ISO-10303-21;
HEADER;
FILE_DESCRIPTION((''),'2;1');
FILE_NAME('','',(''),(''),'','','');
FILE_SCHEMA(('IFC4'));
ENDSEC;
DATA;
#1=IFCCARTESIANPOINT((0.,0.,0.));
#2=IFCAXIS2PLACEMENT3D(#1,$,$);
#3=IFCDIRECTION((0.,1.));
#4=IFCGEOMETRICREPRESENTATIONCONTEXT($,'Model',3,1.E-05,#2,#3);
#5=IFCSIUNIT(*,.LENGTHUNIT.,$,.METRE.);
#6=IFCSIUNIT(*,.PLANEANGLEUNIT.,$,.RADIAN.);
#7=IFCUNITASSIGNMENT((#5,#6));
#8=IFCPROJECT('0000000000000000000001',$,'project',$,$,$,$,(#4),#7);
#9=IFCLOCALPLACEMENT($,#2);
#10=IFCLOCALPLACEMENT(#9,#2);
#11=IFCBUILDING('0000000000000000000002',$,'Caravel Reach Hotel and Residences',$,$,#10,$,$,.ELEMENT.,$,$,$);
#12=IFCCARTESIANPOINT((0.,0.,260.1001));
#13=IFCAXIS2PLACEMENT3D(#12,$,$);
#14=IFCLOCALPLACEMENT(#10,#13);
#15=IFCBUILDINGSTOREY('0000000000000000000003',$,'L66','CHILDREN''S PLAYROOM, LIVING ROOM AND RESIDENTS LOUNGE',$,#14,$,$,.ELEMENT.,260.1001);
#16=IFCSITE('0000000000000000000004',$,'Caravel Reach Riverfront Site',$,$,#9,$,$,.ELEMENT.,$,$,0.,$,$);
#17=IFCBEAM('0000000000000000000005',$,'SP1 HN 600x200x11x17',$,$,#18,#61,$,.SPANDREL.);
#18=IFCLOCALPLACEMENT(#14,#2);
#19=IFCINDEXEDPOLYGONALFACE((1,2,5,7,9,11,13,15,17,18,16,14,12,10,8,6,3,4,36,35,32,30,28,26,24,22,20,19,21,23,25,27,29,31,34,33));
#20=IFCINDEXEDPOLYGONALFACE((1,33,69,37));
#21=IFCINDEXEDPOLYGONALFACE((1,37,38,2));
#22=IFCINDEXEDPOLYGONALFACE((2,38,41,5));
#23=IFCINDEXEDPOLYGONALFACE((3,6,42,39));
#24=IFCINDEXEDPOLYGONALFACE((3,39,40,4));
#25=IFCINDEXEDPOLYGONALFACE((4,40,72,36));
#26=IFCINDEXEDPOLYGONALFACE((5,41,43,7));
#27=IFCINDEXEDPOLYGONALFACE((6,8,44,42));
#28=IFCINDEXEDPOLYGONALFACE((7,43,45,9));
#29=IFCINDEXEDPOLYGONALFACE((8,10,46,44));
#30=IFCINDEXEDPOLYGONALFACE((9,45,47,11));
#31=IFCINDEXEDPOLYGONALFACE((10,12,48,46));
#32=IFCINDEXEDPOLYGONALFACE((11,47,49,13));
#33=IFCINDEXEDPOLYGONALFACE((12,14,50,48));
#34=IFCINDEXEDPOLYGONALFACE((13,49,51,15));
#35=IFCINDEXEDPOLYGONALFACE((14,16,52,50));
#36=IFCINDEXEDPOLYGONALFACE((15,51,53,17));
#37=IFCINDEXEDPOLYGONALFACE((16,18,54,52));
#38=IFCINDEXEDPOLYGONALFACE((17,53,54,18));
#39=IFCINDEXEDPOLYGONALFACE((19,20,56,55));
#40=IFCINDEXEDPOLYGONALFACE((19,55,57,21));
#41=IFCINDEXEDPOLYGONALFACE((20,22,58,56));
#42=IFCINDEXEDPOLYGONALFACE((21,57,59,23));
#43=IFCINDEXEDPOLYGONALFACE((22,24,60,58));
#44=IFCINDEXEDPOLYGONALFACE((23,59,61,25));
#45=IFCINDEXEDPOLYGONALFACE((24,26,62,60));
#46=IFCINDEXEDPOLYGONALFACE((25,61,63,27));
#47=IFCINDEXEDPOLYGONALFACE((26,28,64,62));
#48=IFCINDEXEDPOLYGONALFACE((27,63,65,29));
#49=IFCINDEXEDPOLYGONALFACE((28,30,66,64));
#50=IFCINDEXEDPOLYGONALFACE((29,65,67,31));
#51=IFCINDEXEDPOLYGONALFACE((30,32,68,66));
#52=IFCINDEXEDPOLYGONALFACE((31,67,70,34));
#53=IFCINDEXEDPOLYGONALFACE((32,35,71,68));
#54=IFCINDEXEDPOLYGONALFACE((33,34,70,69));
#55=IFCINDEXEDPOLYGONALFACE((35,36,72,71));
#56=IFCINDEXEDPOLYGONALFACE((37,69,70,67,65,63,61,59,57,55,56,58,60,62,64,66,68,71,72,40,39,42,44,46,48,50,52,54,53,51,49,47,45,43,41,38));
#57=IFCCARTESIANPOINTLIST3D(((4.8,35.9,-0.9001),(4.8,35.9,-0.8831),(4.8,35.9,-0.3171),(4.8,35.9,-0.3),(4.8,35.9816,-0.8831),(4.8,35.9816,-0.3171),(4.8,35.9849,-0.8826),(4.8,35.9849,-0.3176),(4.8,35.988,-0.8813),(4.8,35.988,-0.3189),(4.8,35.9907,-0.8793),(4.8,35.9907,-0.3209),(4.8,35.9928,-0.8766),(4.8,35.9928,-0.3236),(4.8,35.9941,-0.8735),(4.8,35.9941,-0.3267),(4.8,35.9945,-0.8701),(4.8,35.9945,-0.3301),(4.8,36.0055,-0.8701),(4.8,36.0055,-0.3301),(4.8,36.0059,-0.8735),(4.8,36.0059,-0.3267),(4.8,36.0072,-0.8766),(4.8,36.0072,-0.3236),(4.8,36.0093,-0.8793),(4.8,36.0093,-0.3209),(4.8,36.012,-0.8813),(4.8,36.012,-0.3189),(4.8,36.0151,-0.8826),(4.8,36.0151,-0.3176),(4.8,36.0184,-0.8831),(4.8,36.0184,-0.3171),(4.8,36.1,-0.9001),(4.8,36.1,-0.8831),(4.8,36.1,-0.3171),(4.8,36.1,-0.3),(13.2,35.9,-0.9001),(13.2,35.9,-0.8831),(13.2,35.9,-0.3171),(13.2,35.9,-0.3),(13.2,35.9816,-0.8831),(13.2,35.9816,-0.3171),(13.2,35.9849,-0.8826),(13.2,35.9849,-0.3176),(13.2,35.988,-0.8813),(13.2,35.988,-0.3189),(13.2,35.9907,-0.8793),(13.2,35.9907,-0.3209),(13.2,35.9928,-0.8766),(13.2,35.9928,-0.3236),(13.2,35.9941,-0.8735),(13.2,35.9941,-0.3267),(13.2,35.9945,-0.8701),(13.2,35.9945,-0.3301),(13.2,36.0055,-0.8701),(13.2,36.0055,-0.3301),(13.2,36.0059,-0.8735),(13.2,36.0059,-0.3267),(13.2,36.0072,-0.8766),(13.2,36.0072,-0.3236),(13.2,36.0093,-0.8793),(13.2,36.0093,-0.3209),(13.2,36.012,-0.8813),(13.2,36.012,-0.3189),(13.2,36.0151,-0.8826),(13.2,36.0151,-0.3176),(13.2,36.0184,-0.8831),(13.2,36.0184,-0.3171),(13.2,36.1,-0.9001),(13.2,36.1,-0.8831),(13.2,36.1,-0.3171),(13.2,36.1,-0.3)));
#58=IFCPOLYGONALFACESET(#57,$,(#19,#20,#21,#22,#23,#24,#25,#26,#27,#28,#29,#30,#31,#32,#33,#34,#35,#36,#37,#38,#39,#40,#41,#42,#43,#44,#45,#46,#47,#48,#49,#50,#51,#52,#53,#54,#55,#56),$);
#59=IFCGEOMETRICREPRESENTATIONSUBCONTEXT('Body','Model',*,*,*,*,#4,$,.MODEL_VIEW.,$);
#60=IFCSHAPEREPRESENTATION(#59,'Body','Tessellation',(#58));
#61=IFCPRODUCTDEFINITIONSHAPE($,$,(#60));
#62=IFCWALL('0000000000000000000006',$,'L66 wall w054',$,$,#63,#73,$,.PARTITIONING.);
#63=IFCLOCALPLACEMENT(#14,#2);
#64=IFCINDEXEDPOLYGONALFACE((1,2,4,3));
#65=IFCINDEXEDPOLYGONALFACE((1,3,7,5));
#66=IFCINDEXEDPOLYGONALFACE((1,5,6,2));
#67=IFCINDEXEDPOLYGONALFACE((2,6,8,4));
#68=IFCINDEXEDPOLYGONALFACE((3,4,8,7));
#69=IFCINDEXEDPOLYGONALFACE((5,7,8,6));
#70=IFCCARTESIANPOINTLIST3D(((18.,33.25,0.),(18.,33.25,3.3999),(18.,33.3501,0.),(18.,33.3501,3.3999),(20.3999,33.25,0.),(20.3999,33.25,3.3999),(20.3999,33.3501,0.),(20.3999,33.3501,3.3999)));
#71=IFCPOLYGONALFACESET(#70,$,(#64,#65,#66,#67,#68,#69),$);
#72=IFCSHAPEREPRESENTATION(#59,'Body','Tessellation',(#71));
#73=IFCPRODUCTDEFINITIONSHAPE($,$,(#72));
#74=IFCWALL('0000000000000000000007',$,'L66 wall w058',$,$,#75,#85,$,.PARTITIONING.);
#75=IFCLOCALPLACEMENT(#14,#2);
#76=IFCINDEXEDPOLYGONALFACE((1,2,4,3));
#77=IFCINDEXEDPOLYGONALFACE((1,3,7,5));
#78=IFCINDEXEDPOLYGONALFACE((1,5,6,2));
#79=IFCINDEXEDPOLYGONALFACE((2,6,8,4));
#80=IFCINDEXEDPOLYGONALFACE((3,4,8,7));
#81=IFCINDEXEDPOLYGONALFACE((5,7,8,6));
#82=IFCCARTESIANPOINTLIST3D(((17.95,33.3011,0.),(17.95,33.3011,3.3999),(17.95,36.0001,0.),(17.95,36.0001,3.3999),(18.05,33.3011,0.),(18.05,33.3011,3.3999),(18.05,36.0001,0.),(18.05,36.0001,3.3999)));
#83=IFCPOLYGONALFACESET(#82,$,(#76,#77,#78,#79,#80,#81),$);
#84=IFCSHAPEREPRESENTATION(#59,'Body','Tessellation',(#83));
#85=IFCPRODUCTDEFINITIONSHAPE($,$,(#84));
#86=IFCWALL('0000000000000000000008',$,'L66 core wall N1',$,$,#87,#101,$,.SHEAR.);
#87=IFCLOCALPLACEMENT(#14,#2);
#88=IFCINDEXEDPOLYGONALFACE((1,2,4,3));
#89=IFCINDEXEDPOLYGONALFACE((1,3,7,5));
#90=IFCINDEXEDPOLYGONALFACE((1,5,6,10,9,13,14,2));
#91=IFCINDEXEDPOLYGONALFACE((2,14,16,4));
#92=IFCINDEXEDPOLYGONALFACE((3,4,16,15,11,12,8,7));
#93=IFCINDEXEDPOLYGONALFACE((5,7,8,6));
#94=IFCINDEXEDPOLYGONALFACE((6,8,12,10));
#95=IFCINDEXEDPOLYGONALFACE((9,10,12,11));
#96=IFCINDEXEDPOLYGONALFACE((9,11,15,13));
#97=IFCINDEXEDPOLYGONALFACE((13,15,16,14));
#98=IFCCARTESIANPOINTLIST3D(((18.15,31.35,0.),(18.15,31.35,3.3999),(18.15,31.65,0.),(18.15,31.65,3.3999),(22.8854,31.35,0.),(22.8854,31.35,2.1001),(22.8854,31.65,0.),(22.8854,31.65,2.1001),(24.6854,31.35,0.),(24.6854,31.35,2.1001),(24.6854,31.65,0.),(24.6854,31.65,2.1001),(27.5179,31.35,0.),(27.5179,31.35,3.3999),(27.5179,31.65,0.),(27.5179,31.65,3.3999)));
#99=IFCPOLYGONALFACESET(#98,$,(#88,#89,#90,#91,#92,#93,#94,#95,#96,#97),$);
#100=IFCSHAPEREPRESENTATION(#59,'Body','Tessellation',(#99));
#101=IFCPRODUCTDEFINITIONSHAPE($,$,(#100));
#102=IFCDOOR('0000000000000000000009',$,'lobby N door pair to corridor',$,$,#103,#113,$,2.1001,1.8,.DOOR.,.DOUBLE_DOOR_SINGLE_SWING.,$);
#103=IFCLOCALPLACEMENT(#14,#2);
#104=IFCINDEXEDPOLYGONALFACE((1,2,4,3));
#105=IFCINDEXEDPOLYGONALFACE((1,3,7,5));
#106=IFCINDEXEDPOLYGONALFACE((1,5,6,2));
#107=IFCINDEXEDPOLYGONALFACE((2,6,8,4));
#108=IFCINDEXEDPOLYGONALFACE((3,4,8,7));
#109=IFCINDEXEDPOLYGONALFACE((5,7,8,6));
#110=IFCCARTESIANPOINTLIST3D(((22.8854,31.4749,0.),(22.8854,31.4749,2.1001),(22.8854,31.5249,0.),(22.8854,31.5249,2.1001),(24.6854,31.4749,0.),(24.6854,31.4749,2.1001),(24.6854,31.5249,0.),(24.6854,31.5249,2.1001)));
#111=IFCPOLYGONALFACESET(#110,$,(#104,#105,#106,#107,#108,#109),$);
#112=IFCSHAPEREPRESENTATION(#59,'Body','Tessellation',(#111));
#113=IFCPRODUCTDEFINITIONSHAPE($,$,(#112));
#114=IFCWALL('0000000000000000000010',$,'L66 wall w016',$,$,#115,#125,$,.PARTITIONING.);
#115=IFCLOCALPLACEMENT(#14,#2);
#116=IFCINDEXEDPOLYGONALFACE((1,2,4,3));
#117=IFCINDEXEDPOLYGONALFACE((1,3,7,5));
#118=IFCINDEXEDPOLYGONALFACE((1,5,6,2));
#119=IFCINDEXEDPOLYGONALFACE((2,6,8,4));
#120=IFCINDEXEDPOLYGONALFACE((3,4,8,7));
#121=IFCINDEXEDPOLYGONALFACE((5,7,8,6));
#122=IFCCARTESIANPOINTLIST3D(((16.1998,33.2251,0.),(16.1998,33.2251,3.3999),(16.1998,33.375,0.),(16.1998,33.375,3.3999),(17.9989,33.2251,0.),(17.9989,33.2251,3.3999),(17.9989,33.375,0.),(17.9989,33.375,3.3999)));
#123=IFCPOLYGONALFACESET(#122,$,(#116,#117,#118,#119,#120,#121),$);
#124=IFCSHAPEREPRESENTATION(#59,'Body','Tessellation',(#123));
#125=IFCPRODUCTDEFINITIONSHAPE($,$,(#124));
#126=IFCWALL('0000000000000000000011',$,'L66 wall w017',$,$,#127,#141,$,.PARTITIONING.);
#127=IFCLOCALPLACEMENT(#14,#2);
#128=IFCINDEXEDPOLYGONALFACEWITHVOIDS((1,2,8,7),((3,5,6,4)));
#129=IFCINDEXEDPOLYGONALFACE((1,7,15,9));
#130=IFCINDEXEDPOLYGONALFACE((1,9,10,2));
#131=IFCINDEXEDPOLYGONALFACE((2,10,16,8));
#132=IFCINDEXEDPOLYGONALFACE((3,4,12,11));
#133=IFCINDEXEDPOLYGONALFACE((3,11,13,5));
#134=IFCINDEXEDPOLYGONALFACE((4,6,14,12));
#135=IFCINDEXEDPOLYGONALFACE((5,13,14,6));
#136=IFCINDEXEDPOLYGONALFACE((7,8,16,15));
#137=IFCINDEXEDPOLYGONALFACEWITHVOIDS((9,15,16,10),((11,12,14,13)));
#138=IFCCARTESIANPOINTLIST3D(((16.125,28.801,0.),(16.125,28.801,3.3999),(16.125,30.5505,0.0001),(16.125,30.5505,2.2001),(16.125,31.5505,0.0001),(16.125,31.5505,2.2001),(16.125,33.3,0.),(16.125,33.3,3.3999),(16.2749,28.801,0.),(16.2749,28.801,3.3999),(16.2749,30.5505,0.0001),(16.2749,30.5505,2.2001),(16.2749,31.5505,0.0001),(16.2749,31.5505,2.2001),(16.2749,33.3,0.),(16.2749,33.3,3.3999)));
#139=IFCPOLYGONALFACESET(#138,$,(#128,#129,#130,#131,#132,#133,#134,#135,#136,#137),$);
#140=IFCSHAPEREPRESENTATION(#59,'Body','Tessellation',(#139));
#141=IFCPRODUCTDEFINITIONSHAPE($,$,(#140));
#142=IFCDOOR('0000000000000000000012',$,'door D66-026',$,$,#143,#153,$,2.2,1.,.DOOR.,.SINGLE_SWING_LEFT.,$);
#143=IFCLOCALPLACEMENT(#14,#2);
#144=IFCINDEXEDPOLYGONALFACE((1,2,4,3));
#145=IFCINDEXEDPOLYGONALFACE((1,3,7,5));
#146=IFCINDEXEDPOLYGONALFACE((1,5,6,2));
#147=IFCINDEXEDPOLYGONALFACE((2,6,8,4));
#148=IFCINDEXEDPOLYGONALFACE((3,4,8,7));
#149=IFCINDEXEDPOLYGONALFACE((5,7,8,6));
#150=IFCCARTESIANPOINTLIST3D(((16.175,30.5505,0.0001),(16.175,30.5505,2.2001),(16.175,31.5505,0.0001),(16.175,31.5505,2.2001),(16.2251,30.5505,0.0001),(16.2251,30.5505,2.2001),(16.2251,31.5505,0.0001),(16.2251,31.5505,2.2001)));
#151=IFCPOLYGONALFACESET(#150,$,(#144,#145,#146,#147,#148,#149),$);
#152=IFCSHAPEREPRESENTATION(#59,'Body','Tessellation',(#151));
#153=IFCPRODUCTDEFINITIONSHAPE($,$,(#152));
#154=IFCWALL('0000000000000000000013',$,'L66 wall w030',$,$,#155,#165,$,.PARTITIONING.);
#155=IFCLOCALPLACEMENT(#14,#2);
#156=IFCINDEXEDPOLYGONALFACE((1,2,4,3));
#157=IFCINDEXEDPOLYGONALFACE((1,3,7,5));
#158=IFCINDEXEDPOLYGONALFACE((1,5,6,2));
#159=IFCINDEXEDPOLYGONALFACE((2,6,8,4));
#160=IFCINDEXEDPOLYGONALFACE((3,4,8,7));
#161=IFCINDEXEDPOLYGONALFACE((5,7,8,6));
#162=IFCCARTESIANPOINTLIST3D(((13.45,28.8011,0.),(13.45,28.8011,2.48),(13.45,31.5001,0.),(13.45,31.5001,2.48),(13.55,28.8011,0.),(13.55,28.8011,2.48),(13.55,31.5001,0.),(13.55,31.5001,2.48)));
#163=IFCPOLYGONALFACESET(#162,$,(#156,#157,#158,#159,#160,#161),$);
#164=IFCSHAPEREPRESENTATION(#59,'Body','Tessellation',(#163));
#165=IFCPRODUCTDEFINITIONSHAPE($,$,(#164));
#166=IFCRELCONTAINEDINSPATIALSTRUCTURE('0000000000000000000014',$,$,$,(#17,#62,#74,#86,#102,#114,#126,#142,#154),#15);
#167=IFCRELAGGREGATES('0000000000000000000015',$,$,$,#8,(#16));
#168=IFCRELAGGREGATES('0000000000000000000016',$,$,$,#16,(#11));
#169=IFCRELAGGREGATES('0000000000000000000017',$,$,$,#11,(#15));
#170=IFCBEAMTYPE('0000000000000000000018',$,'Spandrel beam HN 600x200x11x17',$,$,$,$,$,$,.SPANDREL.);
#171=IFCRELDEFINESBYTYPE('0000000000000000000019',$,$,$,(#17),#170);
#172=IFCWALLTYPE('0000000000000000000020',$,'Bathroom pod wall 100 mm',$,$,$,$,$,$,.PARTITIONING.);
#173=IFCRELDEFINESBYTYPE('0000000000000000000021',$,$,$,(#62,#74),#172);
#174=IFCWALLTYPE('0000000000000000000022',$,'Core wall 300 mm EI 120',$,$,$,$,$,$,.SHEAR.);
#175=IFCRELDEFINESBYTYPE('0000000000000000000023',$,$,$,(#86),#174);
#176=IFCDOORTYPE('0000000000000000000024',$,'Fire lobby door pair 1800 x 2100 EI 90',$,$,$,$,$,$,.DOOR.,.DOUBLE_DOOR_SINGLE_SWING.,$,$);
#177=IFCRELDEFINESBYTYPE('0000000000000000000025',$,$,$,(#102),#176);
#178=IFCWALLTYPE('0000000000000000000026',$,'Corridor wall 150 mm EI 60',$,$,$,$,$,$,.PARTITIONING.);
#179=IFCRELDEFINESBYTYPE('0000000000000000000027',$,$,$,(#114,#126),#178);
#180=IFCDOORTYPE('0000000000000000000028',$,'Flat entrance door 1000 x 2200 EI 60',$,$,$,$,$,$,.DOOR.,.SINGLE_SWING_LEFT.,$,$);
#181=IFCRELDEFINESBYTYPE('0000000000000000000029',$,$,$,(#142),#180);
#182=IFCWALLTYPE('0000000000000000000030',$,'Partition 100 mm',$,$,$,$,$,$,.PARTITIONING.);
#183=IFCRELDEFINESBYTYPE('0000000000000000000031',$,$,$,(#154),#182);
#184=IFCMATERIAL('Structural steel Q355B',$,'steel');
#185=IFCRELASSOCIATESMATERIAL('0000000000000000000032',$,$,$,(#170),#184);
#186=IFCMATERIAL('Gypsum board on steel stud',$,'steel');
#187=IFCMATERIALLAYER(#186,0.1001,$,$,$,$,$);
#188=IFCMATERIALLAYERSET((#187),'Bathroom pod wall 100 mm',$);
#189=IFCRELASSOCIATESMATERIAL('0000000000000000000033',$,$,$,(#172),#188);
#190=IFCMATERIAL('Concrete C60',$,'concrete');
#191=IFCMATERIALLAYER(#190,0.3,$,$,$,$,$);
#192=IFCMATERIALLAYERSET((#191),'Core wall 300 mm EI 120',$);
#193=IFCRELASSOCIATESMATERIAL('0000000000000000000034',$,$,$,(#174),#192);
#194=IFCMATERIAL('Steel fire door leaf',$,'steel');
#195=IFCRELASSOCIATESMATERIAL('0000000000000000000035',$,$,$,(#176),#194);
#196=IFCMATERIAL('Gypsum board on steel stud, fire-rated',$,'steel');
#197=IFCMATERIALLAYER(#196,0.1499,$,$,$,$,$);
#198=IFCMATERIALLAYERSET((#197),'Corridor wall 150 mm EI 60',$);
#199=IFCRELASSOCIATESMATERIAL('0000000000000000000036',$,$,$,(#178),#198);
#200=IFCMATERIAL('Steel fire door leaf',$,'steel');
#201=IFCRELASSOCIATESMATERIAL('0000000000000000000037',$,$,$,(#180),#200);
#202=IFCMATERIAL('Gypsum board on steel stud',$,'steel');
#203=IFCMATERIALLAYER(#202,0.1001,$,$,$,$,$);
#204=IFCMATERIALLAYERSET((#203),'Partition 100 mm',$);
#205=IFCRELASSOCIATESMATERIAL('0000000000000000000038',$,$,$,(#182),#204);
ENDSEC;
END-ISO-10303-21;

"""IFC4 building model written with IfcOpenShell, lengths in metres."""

from ifc_helpers import new_model, si_unit, direction, frame, frame_2d, origin, origin_2d, place, context, subcontext, project, spatial, rectangle, i_section, extrude, material, layer, layer_set, material_profile, profile_set, type_object, element, fill, save


model = new_model("IFC4")

# Units and contexts
model_context = context("Model", 3, precision=1e-05, world=origin(), true_north=direction((0.0, 1.0)))
body_context = subcontext(model_context, "Body", "Model", "MODEL_VIEW")
ifc_project = project(units=[si_unit("LENGTHUNIT", "METRE"), si_unit("PLANEANGLEUNIT", "RADIAN")], contexts=[model_context])

# Site, building, storey
site_placement = place(None, origin())
site = spatial("IfcSite", under=ifc_project, at=site_placement, Name="Caravel Reach Riverfront Site", CompositionType="ELEMENT", RefElevation=0.0)
building_placement = place(site_placement, origin())
building = spatial("IfcBuilding", under=site, at=building_placement, Name="Caravel Reach Hotel and Residences", CompositionType="ELEMENT")
storey_placement = place(building_placement, frame((0.0, 0.0, 260.1001)))
storey = spatial("IfcBuildingStorey", under=building, at=storey_placement, Name="L66", Description="CHILDREN'S PLAYROOM, LIVING ROOM AND RESIDENTS LOUNGE", CompositionType="ELEMENT", Elevation=260.1001)

# Beam
ifc_material_1 = material(Name="Structural steel Q355B", Category="steel")
ifc_material_profile_1 = material_profile(ifc_material_1, i_section(OverallWidth=0.2, OverallDepth=0.6001, WebThickness=0.011, FlangeThickness=0.0171, FilletRadius=0.0129, at=origin_2d()), Name="HN 600x200x11x17")
ifc_profile_set_1 = profile_set([ifc_material_profile_1], Name="Structural steel Q355B")
beam_type_1 = type_object("IfcBeamType", Name="Spandrel beam HN 600x200x11x17", PredefinedType="SPANDREL", material=ifc_profile_set_1)
beam_1_placement = place(storey_placement, frame((13.2, 36.0, -0.6001), z_axis=(-1.0, 0.0, 0.0), x_axis=(0.0, -1.0, 0.0)))
element("IfcBeam", 1, at=beam_1_placement, inside=storey, type_object=beam_type_1, Name="SP1 HN 600x200x11x17", PredefinedType="SPANDREL", context=body_context, shape_type="SweptSolid", body=[
    extrude(i_section(OverallWidth=0.2, OverallDepth=0.6001, WebThickness=0.011, FlangeThickness=0.0171, FilletRadius=0.0129, at=origin_2d()), origin(), (0.0, 0.0, 1.0), 8.3999),
])

# Walls
ifc_material_2 = material(Name="Gypsum board on steel stud", Category="steel")
ifc_layer_1 = layer(ifc_material_2, 0.1001)
ifc_layer_set_1 = layer_set([ifc_layer_1], Name="Bathroom pod wall 100 mm")
wall_type_1 = type_object("IfcWallType", Name="Bathroom pod wall 100 mm", PredefinedType="PARTITIONING", material=ifc_layer_set_1)
wall_1_placement = place(storey_placement, frame((18.0, 33.3, 0.0), z_axis=(0.0, 0.0, 1.0), x_axis=(1.0, 0.0, 0.0)))
element("IfcWall", 2, at=wall_1_placement, inside=storey, type_object=wall_type_1, Name="L66 wall w054", PredefinedType="PARTITIONING", context=body_context, shape_type="SweptSolid", body=[
    extrude(rectangle(XDim=2.3999, YDim=0.1001, at=frame_2d((1.2, 0.0))), origin(), (0.0, 0.0, 1.0), 3.3999),
])
wall_2_placement = place(storey_placement, frame((18.0, 33.301, 0.0), z_axis=(0.0, 0.0, 1.0), x_axis=(0.0, 1.0, 0.0)))
element("IfcWall", 3, at=wall_2_placement, inside=storey, type_object=wall_type_1, Name="L66 wall w058", PredefinedType="PARTITIONING", context=body_context, shape_type="SweptSolid", body=[
    extrude(rectangle(XDim=2.699, YDim=0.1001, at=frame_2d((1.3496, 0.0))), origin(), (0.0, 0.0, 1.0), 3.3999),
])

# Wall, opening, door
ifc_material_3 = material(Name="Concrete C60", Category="concrete")
ifc_layer_2 = layer(ifc_material_3, 0.3)
ifc_layer_set_2 = layer_set([ifc_layer_2], Name="Core wall 300 mm EI 120")
wall_type_2 = type_object("IfcWallType", Name="Core wall 300 mm EI 120", PredefinedType="SHEAR", material=ifc_layer_set_2)
wall_3_placement = place(storey_placement, frame((18.1499, 31.5, 0.0), z_axis=(0.0, 0.0, 1.0), x_axis=(1.0, 0.0, 0.0)))
wall_3 = element("IfcWall", 4, at=wall_3_placement, inside=storey, type_object=wall_type_2, Name="L66 core wall N1", PredefinedType="SHEAR", context=body_context, shape_type="SweptSolid", body=[
    extrude(rectangle(XDim=9.3679, YDim=0.3, at=frame_2d((4.6841, 0.0))), origin(), (0.0, 0.0, 1.0), 3.3999),
])
opening_1_placement = place(wall_3_placement, frame((4.7356, 0.0, 0.0)))
opening_1 = element("IfcOpeningElement", 5, at=opening_1_placement, cuts=wall_3, PredefinedType="OPENING", context=body_context, shape_type="SweptSolid", body=[
    extrude(rectangle(XDim=1.8, YDim=2.1001, at=frame_2d((0.8999, 1.05))), frame((0.0, 0.1599, 0.0), z_axis=(0.0, -1.0, 0.0), x_axis=(1.0, 0.0, 0.0)), (0.0, 0.0, 1.0), 0.3201),
])
ifc_material_4 = material(Name="Steel fire door leaf", Category="steel")
door_type_1 = type_object("IfcDoorType", Name="Fire lobby door pair 1800 x 2100 EI 90", OperationType="DOUBLE_DOOR_SINGLE_SWING", PredefinedType="DOOR", material=ifc_material_4)
door_1_placement = place(opening_1_placement, origin())
door_1 = element("IfcDoor", 6, at=door_1_placement, inside=storey, type_object=door_type_1, Name="lobby N door pair to corridor", OperationType="DOUBLE_DOOR_SINGLE_SWING", OverallHeight=2.1001, OverallWidth=1.8, PredefinedType="DOOR", context=body_context, shape_type="SweptSolid", body=[
    extrude(rectangle(XDim=1.8, YDim=2.1001, at=frame_2d((0.8999, 1.05))), frame((0.0, 0.0249, 0.0), z_axis=(0.0, -1.0, 0.0), x_axis=(1.0, 0.0, 0.0)), (0.0, 0.0, 1.0), 0.05),
])
fill(opening_1, door_1)

# Wall
ifc_material_5 = material(Name="Gypsum board on steel stud, fire-rated", Category="steel")
ifc_layer_3 = layer(ifc_material_5, 0.1499)
ifc_layer_set_3 = layer_set([ifc_layer_3], Name="Corridor wall 150 mm EI 60")
wall_type_3 = type_object("IfcWallType", Name="Corridor wall 150 mm EI 60", PredefinedType="PARTITIONING", material=ifc_layer_set_3)
wall_4_placement = place(storey_placement, frame((16.2, 33.3, 0.0), z_axis=(0.0, 0.0, 1.0), x_axis=(1.0, 0.0, 0.0)))
element("IfcWall", 7, at=wall_4_placement, inside=storey, type_object=wall_type_3, Name="L66 wall w016", PredefinedType="PARTITIONING", context=body_context, shape_type="SweptSolid", body=[
    extrude(rectangle(XDim=1.7991, YDim=0.1499, at=frame_2d((0.8994, 0.0))), origin(), (0.0, 0.0, 1.0), 3.3999),
])

# Wall, opening, door
wall_5_placement = place(storey_placement, frame((16.2, 28.801, 0.0), z_axis=(0.0, 0.0, 1.0), x_axis=(0.0, 1.0, 0.0)))
wall_5 = element("IfcWall", 8, at=wall_5_placement, inside=storey, type_object=wall_type_3, Name="L66 wall w017", PredefinedType="PARTITIONING", context=body_context, shape_type="SweptSolid", body=[
    extrude(rectangle(XDim=4.499, YDim=0.1499, at=frame_2d((2.2495, 0.0))), origin(), (0.0, 0.0, 1.0), 3.3999),
])
opening_2_placement = place(wall_5_placement, frame((1.7495, 0.0, 0.0)))
opening_2 = element("IfcOpeningElement", 9, at=opening_2_placement, cuts=wall_5, PredefinedType="OPENING", context=body_context, shape_type="SweptSolid", body=[
    extrude(rectangle(XDim=1.0, YDim=2.2, at=frame_2d((0.5, 1.1001))), frame((0.0, 0.085, 0.0), z_axis=(0.0, -1.0, 0.0), x_axis=(1.0, 0.0, 0.0)), (0.0, 0.0, 1.0), 0.1699),
])
ifc_material_6 = material(Name="Steel fire door leaf", Category="steel")
door_type_2 = type_object("IfcDoorType", Name="Flat entrance door 1000 x 2200 EI 60", OperationType="SINGLE_SWING_LEFT", PredefinedType="DOOR", material=ifc_material_6)
door_2_placement = place(opening_2_placement, origin())
door_2 = element("IfcDoor", 10, at=door_2_placement, inside=storey, type_object=door_type_2, Name="door D66-026", OperationType="SINGLE_SWING_LEFT", OverallHeight=2.2, OverallWidth=1.0, PredefinedType="DOOR", context=body_context, shape_type="SweptSolid", body=[
    extrude(rectangle(XDim=1.0, YDim=2.2, at=frame_2d((0.5, 1.1001))), frame((0.0, 0.0249, 0.0), z_axis=(0.0, -1.0, 0.0), x_axis=(1.0, 0.0, 0.0)), (0.0, 0.0, 1.0), 0.05),
])
fill(opening_2, door_2)

# Wall
ifc_material_7 = material(Name="Gypsum board on steel stud", Category="steel")
ifc_layer_4 = layer(ifc_material_7, 0.1001)
ifc_layer_set_4 = layer_set([ifc_layer_4], Name="Partition 100 mm")
wall_type_4 = type_object("IfcWallType", Name="Partition 100 mm", PredefinedType="PARTITIONING", material=ifc_layer_set_4)
wall_6_placement = place(storey_placement, frame((13.5, 28.801, 0.0), z_axis=(0.0, 0.0, 1.0), x_axis=(0.0, 1.0, 0.0)))
element("IfcWall", 11, at=wall_6_placement, inside=storey, type_object=wall_type_4, Name="L66 wall w030", PredefinedType="PARTITIONING", context=body_context, shape_type="SweptSolid", body=[
    extrude(rectangle(XDim=2.699, YDim=0.1001, at=frame_2d((1.3496, 0.0))), origin(), (0.0, 0.0, 1.0), 2.48),
])

save(model, "model.ifc")
